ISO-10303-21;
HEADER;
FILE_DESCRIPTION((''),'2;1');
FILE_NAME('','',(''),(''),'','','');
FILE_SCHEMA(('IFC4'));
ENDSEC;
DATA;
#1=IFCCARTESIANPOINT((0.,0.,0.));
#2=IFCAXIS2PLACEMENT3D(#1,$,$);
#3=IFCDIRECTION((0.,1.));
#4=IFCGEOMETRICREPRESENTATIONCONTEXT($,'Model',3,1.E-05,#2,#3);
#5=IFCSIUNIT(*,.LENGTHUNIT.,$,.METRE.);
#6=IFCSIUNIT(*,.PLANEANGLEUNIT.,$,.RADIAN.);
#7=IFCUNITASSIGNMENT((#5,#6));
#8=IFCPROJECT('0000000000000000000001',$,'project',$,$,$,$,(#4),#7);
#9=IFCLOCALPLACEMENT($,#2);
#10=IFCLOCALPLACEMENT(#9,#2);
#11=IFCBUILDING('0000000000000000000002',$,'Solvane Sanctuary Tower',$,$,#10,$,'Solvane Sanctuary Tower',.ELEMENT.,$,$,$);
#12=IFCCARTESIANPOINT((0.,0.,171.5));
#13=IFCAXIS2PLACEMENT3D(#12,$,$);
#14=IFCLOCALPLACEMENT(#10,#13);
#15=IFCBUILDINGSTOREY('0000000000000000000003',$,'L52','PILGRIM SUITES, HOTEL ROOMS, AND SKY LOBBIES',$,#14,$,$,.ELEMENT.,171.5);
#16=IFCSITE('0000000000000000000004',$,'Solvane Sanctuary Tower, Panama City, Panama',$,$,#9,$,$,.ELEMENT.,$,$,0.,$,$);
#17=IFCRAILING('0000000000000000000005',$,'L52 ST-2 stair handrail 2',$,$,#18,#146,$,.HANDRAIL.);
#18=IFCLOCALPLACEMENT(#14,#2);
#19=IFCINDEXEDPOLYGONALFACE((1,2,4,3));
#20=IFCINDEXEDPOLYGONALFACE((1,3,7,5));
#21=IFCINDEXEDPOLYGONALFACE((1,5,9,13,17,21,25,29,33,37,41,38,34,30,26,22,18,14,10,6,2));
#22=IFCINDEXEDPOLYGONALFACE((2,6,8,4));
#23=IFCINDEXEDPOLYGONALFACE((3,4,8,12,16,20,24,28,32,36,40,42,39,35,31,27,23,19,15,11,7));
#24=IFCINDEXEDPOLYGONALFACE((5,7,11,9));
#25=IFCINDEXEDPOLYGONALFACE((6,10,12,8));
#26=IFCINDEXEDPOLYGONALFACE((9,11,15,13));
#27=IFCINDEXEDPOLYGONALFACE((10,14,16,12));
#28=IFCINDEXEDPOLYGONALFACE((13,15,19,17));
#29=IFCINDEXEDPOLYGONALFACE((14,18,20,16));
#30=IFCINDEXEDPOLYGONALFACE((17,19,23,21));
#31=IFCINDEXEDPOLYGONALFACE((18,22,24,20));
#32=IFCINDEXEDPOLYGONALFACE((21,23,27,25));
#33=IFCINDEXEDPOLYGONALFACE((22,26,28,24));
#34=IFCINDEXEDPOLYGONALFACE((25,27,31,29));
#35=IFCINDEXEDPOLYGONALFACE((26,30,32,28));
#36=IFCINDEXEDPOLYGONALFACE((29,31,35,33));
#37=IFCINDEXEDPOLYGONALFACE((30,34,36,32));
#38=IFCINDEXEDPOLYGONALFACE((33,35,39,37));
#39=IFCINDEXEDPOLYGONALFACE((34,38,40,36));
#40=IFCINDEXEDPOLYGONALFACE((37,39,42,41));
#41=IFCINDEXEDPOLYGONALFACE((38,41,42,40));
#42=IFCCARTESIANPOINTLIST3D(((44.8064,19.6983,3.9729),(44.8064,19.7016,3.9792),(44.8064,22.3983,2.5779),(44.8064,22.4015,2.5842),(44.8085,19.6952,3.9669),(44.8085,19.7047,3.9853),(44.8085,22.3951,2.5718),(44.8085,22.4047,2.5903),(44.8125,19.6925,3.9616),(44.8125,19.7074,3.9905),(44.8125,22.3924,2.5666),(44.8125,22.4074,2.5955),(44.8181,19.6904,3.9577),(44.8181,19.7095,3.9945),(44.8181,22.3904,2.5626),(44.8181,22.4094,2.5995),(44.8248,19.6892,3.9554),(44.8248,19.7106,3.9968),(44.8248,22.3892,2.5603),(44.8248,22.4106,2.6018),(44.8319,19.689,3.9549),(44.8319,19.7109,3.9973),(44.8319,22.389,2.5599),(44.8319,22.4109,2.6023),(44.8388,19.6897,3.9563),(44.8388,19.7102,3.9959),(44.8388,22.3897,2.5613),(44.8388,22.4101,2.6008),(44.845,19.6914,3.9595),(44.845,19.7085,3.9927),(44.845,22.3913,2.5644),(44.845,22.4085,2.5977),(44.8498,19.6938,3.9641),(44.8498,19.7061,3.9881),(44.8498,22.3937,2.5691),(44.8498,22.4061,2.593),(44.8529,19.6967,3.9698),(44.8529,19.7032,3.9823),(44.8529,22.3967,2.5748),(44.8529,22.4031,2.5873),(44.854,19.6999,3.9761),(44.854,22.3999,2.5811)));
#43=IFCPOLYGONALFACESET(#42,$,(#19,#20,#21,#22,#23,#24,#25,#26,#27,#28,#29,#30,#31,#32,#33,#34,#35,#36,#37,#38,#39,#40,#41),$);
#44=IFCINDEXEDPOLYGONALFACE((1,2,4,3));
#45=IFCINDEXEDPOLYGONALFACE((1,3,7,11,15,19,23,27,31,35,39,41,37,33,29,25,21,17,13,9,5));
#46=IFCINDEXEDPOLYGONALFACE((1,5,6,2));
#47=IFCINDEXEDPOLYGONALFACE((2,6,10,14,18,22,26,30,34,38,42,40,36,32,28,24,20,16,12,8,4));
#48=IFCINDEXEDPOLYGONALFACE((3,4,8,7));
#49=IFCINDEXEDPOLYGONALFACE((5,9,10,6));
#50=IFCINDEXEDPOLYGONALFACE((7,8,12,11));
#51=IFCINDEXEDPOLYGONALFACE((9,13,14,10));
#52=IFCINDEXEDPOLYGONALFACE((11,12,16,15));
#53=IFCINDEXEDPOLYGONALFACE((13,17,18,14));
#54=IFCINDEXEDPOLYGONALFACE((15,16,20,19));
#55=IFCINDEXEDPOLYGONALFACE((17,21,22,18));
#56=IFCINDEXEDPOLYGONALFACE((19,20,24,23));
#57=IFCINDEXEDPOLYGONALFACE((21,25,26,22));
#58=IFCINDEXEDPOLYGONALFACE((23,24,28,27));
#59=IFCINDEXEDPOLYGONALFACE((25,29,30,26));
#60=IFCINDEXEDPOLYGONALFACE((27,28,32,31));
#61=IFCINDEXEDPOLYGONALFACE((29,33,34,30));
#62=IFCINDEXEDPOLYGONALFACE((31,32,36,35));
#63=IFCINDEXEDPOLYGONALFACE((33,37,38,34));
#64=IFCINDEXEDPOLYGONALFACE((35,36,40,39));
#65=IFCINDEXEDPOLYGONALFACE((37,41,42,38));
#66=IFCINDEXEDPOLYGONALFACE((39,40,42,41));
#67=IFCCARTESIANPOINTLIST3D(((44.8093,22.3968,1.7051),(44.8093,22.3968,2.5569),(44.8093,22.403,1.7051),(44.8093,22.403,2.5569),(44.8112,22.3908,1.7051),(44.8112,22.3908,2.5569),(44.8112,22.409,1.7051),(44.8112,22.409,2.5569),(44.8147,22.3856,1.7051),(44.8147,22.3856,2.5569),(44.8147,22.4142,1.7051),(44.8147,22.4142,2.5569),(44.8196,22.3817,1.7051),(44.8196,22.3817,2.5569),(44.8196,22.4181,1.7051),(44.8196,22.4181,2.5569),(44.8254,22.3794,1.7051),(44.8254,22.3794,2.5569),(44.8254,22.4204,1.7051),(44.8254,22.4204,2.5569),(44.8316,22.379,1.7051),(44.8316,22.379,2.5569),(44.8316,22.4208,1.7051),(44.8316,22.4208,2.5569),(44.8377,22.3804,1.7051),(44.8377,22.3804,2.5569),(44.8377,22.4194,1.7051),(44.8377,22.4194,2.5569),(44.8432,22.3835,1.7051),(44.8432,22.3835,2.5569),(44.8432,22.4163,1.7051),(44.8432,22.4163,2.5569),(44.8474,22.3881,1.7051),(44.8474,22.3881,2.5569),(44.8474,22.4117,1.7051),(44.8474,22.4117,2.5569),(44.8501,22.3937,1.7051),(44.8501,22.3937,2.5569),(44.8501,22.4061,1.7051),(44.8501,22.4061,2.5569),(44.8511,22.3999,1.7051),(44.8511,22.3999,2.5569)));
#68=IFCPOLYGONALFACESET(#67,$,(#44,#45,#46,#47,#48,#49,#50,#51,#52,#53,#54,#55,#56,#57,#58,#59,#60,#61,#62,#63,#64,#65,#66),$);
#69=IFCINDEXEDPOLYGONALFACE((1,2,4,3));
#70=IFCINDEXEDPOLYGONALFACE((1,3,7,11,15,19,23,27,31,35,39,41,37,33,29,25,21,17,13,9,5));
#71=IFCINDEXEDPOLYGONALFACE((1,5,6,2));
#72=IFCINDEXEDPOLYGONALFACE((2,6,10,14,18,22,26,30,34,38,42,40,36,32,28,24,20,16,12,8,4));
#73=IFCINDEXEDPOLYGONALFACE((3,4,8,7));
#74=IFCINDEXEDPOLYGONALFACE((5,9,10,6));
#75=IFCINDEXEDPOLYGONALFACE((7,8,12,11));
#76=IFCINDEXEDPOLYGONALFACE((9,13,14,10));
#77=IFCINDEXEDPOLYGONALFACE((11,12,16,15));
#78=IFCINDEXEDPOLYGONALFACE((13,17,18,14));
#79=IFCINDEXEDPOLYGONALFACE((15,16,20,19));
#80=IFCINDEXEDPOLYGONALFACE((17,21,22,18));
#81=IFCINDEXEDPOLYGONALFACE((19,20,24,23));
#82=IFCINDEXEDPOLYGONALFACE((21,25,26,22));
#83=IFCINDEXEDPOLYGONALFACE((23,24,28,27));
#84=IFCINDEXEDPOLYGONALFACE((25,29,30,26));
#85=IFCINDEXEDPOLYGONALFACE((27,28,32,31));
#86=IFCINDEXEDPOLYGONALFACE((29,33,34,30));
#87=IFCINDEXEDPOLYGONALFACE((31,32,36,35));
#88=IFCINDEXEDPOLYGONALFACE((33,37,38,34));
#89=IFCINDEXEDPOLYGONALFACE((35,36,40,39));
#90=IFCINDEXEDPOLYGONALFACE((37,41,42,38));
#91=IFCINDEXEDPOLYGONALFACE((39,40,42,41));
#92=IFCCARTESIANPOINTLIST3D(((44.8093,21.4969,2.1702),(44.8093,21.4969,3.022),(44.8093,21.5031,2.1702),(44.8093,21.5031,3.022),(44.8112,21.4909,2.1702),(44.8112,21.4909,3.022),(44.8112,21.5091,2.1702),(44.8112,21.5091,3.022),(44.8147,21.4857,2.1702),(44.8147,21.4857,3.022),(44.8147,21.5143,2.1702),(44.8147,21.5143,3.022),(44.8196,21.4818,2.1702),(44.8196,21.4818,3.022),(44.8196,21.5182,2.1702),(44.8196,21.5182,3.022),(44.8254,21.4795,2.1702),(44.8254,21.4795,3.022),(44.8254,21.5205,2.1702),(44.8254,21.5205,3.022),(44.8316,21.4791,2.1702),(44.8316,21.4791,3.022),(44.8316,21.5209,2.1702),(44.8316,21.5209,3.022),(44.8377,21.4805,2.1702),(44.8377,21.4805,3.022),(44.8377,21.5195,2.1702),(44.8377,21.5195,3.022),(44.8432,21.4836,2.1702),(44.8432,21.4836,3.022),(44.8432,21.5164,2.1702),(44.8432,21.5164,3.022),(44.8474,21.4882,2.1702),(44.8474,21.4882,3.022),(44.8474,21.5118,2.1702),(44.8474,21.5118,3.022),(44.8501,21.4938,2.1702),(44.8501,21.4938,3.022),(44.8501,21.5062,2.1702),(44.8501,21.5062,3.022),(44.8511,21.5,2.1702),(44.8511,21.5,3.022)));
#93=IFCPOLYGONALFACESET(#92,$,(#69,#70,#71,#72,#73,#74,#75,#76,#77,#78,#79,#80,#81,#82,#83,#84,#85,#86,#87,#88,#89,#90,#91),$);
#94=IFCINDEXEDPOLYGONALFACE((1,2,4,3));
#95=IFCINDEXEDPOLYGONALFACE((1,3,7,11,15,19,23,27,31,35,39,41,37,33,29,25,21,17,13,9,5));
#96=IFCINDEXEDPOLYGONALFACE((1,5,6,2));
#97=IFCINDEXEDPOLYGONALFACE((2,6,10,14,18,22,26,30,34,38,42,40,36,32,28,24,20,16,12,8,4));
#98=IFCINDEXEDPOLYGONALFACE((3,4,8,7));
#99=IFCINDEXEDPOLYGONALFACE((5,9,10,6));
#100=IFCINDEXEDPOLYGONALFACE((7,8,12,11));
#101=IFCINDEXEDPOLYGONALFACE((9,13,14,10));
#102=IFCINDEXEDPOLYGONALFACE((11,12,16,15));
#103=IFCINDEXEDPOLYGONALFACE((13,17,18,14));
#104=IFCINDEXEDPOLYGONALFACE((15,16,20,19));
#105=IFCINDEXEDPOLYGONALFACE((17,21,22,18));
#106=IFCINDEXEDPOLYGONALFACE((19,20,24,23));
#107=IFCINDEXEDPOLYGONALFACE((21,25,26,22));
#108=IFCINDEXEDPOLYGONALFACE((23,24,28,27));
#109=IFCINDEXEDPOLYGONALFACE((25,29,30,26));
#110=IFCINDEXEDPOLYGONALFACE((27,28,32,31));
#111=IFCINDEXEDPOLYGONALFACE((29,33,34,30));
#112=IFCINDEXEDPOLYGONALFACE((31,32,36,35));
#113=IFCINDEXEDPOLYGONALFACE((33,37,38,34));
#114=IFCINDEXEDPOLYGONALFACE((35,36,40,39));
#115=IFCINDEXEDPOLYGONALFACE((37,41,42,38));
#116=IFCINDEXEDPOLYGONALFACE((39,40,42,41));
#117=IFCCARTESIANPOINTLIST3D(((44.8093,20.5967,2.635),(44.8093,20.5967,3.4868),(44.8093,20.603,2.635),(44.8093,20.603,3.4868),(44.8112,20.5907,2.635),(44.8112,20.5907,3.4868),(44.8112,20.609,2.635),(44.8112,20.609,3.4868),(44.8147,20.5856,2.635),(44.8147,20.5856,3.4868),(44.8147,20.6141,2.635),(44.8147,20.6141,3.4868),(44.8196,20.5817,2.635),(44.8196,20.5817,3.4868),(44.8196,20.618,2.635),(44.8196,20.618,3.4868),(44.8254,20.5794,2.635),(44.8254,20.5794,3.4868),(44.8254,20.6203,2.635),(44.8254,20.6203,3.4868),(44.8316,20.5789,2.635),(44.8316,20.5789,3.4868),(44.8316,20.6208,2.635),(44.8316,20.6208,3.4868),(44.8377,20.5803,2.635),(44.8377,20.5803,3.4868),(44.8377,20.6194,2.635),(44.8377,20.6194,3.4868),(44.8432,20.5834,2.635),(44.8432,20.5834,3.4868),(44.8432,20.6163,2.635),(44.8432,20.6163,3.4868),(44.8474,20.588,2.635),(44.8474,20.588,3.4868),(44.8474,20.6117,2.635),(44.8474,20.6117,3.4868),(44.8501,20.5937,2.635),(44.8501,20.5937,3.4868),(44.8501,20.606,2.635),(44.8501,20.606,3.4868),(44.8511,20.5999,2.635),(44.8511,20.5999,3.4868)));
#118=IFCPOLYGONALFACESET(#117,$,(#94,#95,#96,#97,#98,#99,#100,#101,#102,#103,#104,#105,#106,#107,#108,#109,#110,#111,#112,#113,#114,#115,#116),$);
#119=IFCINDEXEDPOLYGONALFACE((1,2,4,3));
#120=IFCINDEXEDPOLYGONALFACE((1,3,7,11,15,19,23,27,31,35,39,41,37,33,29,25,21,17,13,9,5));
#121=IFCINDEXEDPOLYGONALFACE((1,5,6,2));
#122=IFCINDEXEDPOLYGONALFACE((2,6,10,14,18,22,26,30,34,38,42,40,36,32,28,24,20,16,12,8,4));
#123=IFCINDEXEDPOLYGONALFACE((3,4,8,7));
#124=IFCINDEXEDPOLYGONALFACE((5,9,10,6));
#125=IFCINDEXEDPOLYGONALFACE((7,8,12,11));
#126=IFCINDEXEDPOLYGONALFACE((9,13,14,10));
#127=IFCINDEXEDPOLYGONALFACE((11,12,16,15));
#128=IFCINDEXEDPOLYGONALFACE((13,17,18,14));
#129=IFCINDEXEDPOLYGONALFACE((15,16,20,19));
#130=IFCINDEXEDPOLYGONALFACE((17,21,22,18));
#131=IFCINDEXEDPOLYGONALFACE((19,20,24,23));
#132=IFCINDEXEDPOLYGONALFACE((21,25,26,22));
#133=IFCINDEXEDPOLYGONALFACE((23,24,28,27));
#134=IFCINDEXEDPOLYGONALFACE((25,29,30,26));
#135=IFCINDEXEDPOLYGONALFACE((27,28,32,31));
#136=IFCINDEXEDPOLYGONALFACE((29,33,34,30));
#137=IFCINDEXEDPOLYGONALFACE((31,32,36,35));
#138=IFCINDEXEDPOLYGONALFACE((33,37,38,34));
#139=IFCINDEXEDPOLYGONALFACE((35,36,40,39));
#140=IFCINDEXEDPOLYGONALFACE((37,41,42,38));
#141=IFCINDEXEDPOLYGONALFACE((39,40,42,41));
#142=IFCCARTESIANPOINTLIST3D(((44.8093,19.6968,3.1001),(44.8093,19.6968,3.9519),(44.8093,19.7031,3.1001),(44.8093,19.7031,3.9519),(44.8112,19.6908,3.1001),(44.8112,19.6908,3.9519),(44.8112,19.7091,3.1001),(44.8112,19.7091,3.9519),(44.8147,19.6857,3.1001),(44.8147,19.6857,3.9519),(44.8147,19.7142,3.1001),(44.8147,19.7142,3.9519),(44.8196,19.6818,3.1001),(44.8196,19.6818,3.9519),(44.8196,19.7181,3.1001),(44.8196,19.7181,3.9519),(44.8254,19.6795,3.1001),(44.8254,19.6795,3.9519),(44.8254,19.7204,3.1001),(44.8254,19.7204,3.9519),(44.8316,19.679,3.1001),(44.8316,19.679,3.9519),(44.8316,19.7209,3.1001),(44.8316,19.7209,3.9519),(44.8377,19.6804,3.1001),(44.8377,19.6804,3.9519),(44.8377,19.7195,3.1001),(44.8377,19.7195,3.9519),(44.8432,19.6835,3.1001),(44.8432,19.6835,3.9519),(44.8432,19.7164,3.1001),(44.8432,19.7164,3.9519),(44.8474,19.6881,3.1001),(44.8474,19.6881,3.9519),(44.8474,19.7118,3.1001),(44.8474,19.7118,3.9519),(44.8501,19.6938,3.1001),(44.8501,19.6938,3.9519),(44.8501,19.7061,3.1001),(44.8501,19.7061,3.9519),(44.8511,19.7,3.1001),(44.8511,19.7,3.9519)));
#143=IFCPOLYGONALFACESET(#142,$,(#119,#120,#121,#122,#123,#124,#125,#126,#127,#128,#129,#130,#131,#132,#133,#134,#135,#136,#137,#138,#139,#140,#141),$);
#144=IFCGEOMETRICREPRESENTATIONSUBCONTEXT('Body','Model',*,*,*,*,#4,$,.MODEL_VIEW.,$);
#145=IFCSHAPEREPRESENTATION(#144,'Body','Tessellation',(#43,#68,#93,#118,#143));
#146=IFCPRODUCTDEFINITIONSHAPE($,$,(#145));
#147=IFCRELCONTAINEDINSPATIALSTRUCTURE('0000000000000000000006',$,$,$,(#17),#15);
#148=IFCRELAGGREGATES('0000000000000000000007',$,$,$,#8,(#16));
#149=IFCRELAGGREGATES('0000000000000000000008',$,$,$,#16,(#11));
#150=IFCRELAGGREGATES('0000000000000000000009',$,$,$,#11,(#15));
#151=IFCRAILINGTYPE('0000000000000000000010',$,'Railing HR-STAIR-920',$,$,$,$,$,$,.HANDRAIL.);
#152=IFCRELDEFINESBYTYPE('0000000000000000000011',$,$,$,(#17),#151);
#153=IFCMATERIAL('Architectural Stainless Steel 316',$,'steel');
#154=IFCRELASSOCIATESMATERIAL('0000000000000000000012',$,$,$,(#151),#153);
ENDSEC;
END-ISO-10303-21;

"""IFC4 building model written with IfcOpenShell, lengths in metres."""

from ifc_helpers import new_model, si_unit, direction, frame, origin, origin_2d, place, context, subcontext, project, spatial, circle, extrude, material, type_object, element, save


model = new_model("IFC4")

# Units and contexts
model_context = context("Model", 3, precision=1e-05, world=origin(), true_north=direction((0.0, 1.0)))
body_context = subcontext(model_context, "Body", "Model", "MODEL_VIEW")
ifc_project = project(units=[si_unit("LENGTHUNIT", "METRE"), si_unit("PLANEANGLEUNIT", "RADIAN")], contexts=[model_context])

# Site, building, storey
site_placement = place(None, origin())
site = spatial("IfcSite", under=ifc_project, at=site_placement, Name="Solvane Sanctuary Tower, Panama City, Panama", CompositionType="ELEMENT", RefElevation=0.0)
building_placement = place(site_placement, origin())
building = spatial("IfcBuilding", under=site, at=building_placement, Name="Solvane Sanctuary Tower", LongName="Solvane Sanctuary Tower", CompositionType="ELEMENT")
storey_placement = place(building_placement, frame((0.0, 0.0, 171.5)))
storey = spatial("IfcBuildingStorey", under=building, at=storey_placement, Name="L52", Description="PILGRIM SUITES, HOTEL ROOMS, AND SKY LOBBIES", CompositionType="ELEMENT", Elevation=171.5)

# Shared definitions
ifc_material_1 = material(Name="Architectural Stainless Steel 316", Category="steel")

# Railing
railing_type_1 = type_object("IfcRailingType", Name="Railing HR-STAIR-920", PredefinedType="HANDRAIL", material=ifc_material_1)
railing_1_placement = place(storey_placement, frame((44.8301, 22.3999, 1.7051)))
element("IfcRailing", 1, at=railing_1_placement, inside=storey, type_object=railing_type_1, Name="L52 ST-2 stair handrail 2", PredefinedType="HANDRAIL", context=body_context, shape_type="SweptSolid", body=[
    extrude(circle(Radius=0.0239, at=origin_2d()), frame((0.0, 0.0, 0.876), z_axis=(0.0, -0.88842, 0.459032), x_axis=(1.0, 0.0, 0.0)), (0.0, 0.0, 1.0), 3.0391),
    extrude(circle(Radius=0.021, at=origin_2d()), origin(), (0.0, 0.0, 1.0), 0.8518),
    extrude(circle(Radius=0.021, at=origin_2d()), frame((0.0, -0.8999, 0.4651)), (0.0, 0.0, 1.0), 0.8518),
    extrude(circle(Radius=0.021, at=origin_2d()), frame((0.0, -1.8, 0.9299)), (0.0, 0.0, 1.0), 0.8518),
    extrude(circle(Radius=0.021, at=origin_2d()), frame((0.0, -2.7, 1.395)), (0.0, 0.0, 1.0), 0.8518),
])

save(model, "model.ifc")
